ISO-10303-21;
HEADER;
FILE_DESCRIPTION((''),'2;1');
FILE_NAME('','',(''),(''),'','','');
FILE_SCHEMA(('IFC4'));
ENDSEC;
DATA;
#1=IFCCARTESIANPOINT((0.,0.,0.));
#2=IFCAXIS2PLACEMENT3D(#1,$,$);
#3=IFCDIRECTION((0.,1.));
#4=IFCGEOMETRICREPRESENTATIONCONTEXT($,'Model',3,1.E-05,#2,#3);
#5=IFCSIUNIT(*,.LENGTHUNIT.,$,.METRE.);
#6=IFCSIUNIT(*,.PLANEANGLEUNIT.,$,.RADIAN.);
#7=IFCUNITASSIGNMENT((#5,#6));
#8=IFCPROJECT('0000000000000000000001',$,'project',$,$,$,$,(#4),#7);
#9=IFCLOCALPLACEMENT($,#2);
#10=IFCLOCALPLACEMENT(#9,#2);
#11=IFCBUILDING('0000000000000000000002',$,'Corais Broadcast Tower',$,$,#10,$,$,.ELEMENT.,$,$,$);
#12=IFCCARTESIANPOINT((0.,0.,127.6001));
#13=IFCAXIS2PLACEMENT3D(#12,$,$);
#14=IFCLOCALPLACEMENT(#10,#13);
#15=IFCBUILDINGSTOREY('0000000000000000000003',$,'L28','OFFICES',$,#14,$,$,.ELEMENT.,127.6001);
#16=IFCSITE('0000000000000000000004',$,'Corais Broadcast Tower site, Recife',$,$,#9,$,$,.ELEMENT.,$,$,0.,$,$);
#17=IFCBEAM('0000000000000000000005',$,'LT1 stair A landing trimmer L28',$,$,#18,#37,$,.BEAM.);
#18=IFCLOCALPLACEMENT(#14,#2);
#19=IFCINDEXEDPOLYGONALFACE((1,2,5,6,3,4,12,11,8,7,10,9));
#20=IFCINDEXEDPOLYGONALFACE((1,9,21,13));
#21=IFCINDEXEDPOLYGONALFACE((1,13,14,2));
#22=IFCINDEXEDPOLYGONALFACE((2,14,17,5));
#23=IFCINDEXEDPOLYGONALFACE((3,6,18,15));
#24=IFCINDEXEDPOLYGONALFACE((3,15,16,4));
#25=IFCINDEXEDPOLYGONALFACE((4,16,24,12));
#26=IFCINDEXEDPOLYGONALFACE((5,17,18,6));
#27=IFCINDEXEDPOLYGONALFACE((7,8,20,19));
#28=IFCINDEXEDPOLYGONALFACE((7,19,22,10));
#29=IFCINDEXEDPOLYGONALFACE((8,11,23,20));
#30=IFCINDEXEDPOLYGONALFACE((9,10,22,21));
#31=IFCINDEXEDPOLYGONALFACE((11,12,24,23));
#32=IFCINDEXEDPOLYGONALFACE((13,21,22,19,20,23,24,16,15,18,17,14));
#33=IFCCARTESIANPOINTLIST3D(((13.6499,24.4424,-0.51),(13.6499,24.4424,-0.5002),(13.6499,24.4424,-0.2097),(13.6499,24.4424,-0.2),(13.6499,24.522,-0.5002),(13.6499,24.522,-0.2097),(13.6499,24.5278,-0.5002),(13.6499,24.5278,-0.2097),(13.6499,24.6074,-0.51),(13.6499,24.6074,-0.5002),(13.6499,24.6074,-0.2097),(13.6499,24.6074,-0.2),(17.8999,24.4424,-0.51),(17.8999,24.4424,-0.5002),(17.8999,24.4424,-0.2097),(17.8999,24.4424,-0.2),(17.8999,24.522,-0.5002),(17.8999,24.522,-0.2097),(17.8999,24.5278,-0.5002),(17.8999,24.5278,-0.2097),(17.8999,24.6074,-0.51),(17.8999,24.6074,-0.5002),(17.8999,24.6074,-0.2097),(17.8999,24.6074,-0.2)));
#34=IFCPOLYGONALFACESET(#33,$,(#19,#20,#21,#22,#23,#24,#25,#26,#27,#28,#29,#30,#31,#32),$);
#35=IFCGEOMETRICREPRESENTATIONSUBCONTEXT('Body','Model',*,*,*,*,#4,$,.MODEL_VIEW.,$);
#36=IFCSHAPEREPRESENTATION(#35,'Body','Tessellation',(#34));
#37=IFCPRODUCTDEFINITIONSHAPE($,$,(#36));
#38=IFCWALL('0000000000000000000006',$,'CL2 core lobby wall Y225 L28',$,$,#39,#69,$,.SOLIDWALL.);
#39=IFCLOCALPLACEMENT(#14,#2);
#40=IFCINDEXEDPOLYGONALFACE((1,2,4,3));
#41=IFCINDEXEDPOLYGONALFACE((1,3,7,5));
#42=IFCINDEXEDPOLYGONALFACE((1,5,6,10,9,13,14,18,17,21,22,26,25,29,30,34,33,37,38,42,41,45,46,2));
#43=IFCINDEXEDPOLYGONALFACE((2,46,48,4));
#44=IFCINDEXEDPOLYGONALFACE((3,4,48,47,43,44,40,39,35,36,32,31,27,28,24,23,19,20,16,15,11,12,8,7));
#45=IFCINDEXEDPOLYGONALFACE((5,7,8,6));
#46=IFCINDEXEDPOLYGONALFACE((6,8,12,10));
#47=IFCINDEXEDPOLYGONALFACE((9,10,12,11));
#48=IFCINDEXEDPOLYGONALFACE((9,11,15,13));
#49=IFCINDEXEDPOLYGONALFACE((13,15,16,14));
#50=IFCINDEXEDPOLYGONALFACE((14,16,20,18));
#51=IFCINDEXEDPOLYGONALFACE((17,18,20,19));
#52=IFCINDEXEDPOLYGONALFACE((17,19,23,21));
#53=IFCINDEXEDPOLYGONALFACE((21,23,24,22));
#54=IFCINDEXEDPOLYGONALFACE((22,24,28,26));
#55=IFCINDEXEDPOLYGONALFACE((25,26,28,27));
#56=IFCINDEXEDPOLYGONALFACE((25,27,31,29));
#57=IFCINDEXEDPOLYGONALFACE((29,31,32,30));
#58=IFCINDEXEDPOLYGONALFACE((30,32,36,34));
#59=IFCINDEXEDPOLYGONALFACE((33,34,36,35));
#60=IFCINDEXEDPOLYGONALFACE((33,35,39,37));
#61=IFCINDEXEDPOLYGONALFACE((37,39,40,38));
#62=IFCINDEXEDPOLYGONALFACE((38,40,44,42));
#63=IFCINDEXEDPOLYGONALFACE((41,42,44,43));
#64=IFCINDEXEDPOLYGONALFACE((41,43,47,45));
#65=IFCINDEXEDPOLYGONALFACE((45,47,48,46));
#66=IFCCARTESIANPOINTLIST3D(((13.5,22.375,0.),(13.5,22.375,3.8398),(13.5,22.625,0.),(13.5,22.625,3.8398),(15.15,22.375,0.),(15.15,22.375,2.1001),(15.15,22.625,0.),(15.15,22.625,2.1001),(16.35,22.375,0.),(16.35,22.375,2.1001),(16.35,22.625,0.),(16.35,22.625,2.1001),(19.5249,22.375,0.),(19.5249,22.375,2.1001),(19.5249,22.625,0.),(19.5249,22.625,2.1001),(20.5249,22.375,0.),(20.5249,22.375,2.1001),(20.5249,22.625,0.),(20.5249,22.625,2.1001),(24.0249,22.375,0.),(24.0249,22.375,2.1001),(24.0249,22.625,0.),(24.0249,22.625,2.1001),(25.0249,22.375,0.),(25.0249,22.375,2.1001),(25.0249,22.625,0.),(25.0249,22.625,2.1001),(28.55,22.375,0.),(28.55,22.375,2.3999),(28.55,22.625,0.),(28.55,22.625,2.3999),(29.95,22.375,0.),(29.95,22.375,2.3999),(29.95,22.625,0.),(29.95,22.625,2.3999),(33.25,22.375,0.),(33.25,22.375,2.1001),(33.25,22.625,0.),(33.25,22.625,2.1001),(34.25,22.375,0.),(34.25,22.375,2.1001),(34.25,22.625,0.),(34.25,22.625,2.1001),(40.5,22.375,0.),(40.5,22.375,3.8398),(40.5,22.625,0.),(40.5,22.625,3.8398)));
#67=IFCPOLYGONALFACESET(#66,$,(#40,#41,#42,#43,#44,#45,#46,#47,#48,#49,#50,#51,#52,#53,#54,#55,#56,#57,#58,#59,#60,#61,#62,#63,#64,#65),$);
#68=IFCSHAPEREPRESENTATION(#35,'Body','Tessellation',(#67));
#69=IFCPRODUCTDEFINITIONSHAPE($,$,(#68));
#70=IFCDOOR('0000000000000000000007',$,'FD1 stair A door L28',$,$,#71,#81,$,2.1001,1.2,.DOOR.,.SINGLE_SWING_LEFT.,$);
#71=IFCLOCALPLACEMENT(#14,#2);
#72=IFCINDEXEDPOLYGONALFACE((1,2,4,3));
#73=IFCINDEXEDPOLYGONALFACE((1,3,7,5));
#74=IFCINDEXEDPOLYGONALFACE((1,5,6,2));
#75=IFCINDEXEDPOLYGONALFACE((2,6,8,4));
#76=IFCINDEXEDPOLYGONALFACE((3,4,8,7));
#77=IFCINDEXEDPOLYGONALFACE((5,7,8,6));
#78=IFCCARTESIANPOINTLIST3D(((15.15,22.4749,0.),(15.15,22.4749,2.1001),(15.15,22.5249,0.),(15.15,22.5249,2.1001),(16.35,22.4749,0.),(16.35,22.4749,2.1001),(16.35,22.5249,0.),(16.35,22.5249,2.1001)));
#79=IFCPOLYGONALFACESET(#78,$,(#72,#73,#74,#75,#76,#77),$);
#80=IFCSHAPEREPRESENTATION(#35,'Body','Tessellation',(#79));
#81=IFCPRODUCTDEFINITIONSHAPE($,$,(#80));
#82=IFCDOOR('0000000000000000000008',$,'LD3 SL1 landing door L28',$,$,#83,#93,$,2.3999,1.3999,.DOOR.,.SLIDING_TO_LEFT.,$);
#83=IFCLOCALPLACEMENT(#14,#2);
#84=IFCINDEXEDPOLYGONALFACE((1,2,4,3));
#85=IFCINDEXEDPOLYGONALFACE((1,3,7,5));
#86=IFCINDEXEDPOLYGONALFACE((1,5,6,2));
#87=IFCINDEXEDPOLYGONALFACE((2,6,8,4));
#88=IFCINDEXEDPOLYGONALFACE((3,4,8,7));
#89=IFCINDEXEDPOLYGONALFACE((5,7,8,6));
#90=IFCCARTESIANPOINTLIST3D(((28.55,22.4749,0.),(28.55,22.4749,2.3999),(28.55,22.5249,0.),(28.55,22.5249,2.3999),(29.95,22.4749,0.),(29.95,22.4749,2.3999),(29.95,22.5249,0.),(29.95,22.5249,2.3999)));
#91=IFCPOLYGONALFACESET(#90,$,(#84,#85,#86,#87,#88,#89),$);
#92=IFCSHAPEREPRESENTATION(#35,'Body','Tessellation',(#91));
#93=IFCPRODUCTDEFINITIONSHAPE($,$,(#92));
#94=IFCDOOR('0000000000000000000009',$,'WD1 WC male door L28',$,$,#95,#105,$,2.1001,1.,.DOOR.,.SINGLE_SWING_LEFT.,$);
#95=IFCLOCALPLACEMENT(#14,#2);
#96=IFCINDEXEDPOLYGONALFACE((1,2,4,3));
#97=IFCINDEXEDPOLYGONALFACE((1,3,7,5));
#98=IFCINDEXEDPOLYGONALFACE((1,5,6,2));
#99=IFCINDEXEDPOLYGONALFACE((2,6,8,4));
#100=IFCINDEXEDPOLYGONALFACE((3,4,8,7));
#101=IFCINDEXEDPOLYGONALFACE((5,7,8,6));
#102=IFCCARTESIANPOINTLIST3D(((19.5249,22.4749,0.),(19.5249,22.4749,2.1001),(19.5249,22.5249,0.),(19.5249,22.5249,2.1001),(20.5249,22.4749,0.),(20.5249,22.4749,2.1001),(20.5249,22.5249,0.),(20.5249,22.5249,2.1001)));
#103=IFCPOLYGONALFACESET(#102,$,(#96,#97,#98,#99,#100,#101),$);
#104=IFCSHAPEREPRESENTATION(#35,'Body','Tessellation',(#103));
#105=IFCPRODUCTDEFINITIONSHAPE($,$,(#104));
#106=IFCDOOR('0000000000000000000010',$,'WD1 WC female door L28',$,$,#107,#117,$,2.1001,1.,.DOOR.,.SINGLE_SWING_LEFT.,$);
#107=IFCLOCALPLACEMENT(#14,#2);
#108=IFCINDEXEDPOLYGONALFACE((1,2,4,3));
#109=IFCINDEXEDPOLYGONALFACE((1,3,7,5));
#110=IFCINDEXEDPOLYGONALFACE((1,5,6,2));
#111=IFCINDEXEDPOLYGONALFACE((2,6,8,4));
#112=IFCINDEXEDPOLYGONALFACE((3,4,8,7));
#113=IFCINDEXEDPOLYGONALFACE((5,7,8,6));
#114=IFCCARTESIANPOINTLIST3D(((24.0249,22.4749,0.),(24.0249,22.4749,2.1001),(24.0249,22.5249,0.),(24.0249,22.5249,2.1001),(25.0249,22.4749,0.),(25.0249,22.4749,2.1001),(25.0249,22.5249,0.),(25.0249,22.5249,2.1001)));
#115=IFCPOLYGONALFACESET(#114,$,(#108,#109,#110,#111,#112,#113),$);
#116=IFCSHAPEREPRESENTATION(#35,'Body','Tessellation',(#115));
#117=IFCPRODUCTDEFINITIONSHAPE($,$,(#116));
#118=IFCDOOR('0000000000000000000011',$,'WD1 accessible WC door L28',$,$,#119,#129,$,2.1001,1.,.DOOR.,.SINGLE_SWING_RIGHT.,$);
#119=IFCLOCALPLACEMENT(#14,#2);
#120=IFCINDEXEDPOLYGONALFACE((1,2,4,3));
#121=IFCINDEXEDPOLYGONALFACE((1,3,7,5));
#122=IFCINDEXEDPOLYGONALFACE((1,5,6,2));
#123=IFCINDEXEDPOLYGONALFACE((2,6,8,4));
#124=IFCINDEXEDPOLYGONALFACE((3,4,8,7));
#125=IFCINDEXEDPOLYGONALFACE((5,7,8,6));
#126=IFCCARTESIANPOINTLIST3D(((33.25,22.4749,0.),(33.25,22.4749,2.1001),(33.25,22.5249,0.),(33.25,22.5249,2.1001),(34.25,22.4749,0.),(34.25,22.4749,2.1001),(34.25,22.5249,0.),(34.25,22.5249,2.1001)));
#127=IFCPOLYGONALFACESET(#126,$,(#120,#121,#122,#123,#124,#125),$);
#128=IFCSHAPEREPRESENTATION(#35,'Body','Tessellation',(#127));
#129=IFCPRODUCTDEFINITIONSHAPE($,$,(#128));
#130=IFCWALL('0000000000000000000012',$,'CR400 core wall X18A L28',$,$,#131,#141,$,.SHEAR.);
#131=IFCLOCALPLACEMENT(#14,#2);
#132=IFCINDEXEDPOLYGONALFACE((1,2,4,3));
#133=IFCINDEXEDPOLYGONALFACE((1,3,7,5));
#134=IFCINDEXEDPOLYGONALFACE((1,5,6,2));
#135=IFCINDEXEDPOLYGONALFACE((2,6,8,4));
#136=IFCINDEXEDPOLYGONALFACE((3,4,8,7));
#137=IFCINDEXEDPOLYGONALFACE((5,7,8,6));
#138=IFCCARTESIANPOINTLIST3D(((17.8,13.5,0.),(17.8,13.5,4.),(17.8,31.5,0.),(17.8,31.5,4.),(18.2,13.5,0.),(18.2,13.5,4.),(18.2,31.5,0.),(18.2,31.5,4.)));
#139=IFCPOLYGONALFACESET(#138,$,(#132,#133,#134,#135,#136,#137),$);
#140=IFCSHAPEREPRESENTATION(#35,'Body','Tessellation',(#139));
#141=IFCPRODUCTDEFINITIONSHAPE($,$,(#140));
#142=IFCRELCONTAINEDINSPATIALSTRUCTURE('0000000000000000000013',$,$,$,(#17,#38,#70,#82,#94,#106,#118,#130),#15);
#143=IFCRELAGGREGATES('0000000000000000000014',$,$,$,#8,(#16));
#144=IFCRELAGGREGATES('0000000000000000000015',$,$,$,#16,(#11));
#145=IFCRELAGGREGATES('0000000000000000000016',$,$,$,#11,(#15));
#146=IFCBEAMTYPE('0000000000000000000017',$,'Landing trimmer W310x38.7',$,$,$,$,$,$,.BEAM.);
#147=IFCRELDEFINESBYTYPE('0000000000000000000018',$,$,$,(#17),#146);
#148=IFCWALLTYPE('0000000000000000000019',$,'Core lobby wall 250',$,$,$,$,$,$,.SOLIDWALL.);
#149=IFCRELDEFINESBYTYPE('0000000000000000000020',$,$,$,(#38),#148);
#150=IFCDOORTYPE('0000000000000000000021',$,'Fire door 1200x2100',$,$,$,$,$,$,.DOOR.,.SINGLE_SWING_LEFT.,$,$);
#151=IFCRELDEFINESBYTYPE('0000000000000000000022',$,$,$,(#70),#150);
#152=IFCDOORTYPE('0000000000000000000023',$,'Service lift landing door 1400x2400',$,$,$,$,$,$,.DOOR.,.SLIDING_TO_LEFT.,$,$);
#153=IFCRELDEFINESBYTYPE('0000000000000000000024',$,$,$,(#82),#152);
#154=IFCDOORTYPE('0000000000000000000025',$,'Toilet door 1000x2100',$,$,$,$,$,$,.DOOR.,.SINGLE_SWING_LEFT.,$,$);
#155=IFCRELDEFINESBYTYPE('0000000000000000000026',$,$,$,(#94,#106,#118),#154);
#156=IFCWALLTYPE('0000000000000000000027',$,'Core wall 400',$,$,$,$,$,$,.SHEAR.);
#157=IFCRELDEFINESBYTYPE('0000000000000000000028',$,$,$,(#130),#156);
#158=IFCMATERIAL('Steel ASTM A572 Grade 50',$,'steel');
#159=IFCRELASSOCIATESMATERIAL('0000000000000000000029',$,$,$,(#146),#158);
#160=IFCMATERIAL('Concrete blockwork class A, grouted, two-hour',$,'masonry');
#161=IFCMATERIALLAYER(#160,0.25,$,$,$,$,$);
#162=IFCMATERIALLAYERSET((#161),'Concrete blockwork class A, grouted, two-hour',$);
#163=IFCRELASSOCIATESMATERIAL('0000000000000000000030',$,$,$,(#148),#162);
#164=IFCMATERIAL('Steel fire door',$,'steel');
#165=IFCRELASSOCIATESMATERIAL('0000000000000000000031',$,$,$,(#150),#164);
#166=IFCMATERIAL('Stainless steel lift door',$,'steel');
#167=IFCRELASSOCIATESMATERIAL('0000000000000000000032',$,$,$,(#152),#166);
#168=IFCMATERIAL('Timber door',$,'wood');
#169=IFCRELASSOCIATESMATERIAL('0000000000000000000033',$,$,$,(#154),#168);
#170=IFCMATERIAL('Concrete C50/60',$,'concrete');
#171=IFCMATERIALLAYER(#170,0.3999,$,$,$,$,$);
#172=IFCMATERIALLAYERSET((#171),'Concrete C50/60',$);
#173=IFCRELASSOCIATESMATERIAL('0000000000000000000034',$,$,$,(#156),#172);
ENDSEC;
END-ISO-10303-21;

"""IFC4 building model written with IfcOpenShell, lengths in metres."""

from ifc_helpers import new_model, si_unit, direction, frame, frame_2d, origin, origin_2d, place, context, subcontext, project, spatial, rectangle, i_section, extrude, material, layer, layer_set, material_profile, profile_set, type_object, element, fill, save


model = new_model("IFC4")

# Units and contexts
model_context = context("Model", 3, precision=1e-05, world=origin(), true_north=direction((0.0, 1.0)))
body_context = subcontext(model_context, "Body", "Model", "MODEL_VIEW")
ifc_project = project(units=[si_unit("LENGTHUNIT", "METRE"), si_unit("PLANEANGLEUNIT", "RADIAN")], contexts=[model_context])

# Site, building, storey
site_placement = place(None, origin())
site = spatial("IfcSite", under=ifc_project, at=site_placement, Name="Corais Broadcast Tower site, Recife", CompositionType="ELEMENT", RefElevation=0.0)
building_placement = place(site_placement, origin())
building = spatial("IfcBuilding", under=site, at=building_placement, Name="Corais Broadcast Tower", CompositionType="ELEMENT")
storey_placement = place(building_placement, frame((0.0, 0.0, 127.6001)))
storey = spatial("IfcBuildingStorey", under=building, at=storey_placement, Name="L28", Description="OFFICES", CompositionType="ELEMENT", Elevation=127.6001)

# Beam
ifc_material_1 = material(Name="Steel ASTM A572 Grade 50", Category="steel")
ifc_material_profile = material_profile(ifc_material_1, i_section(OverallWidth=0.165, OverallDepth=0.3101, WebThickness=0.0059, FlangeThickness=0.0098, at=origin_2d()), Name="W310x38.7")
ifc_profile_set = profile_set([ifc_material_profile], Name="Steel ASTM A572 Grade 50")
beam_type = type_object("IfcBeamType", Name="Landing trimmer W310x38.7", PredefinedType="BEAM", material=ifc_profile_set)
beam_placement = place(storey_placement, frame((13.6499, 24.5249, -0.355), z_axis=(1.0, 0.0, 0.0), x_axis=(0.0, 1.0, 0.0)))
element("IfcBeam", 1, at=beam_placement, inside=storey, type_object=beam_type, Name="LT1 stair A landing trimmer L28", PredefinedType="BEAM", context=body_context, shape_type="SweptSolid", body=[
    extrude(i_section(OverallWidth=0.165, OverallDepth=0.3101, WebThickness=0.0059, FlangeThickness=0.0098, at=origin_2d()), origin(), (0.0, 0.0, 1.0), 4.25),
])

# Wall, openings, doors
ifc_material_2 = material(Name="Concrete blockwork class A, grouted, two-hour", Category="masonry")
ifc_layer_1 = layer(ifc_material_2, 0.25)
ifc_layer_set_1 = layer_set([ifc_layer_1], Name="Concrete blockwork class A, grouted, two-hour")
wall_type_1 = type_object("IfcWallType", Name="Core lobby wall 250", PredefinedType="SOLIDWALL", material=ifc_layer_set_1)
wall_1_placement = place(storey_placement, frame((13.5, 22.5, 0.0), z_axis=(0.0, 0.0, 1.0), x_axis=(1.0, 0.0, 0.0)))
wall_1 = element("IfcWall", 2, at=wall_1_placement, inside=storey, type_object=wall_type_1, Name="CL2 core lobby wall Y225 L28", PredefinedType="SOLIDWALL", context=body_context, shape_type="SweptSolid", body=[
    extrude(rectangle(XDim=27.0, YDim=0.25, at=frame_2d((13.5, 0.0))), origin(), (0.0, 0.0, 1.0), 3.8398),
])
opening_1_placement = place(wall_1_placement, frame((1.6499, 0.0, 0.0)))
opening_1 = element("IfcOpeningElement", 3, at=opening_1_placement, cuts=wall_1, PredefinedType="OPENING", context=body_context, shape_type="SweptSolid", body=[
    extrude(rectangle(XDim=1.2, YDim=2.1001, at=frame_2d((0.6001, 1.05))), frame((0.0, 0.135, 0.0), z_axis=(0.0, -1.0, 0.0), x_axis=(1.0, 0.0, 0.0)), (0.0, 0.0, 1.0), 0.27),
])
opening_2_placement = place(wall_1_placement, frame((6.0249, 0.0, 0.0)))
opening_2 = element("IfcOpeningElement", 4, at=opening_2_placement, cuts=wall_1, PredefinedType="OPENING", context=body_context, shape_type="SweptSolid", body=[
    extrude(rectangle(XDim=1.0, YDim=2.1001, at=frame_2d((0.5, 1.05))), frame((0.0, 0.135, 0.0), z_axis=(0.0, -1.0, 0.0), x_axis=(1.0, 0.0, 0.0)), (0.0, 0.0, 1.0), 0.27),
])
opening_3_placement = place(wall_1_placement, frame((10.5249, 0.0, 0.0)))
opening_3 = element("IfcOpeningElement", 5, at=opening_3_placement, cuts=wall_1, PredefinedType="OPENING", context=body_context, shape_type="SweptSolid", body=[
    extrude(rectangle(XDim=1.0, YDim=2.1001, at=frame_2d((0.5, 1.05))), frame((0.0, 0.135, 0.0), z_axis=(0.0, -1.0, 0.0), x_axis=(1.0, 0.0, 0.0)), (0.0, 0.0, 1.0), 0.27),
])
opening_4_placement = place(wall_1_placement, frame((19.75, 0.0, 0.0)))
opening_4 = element("IfcOpeningElement", 6, at=opening_4_placement, cuts=wall_1, PredefinedType="OPENING", context=body_context, shape_type="SweptSolid", body=[
    extrude(rectangle(XDim=1.0, YDim=2.1001, at=frame_2d((0.5, 1.05))), frame((0.0, 0.135, 0.0), z_axis=(0.0, -1.0, 0.0), x_axis=(1.0, 0.0, 0.0)), (0.0, 0.0, 1.0), 0.27),
])
opening_5_placement = place(wall_1_placement, frame((15.05, 0.0, 0.0)))
opening_5 = element("IfcOpeningElement", 7, at=opening_5_placement, cuts=wall_1, PredefinedType="OPENING", context=body_context, shape_type="SweptSolid", body=[
    extrude(rectangle(XDim=1.3999, YDim=2.3999, at=frame_2d((0.7, 1.2))), frame((0.0, 0.135, 0.0), z_axis=(0.0, -1.0, 0.0), x_axis=(1.0, 0.0, 0.0)), (0.0, 0.0, 1.0), 0.27),
])
ifc_material_3 = material(Name="Steel fire door", Category="steel")
door_type_1 = type_object("IfcDoorType", Name="Fire door 1200x2100", OperationType="SINGLE_SWING_LEFT", PredefinedType="DOOR", material=ifc_material_3)
door_1_placement = place(opening_1_placement, origin())
door_1 = element("IfcDoor", 8, at=door_1_placement, inside=storey, type_object=door_type_1, Name="FD1 stair A door L28", OperationType="SINGLE_SWING_LEFT", OverallHeight=2.1001, OverallWidth=1.2, PredefinedType="DOOR", context=body_context, shape_type="SweptSolid", body=[
    extrude(rectangle(XDim=1.2, YDim=2.1001, at=frame_2d((0.6001, 1.05))), frame((0.0, 0.0249, 0.0), z_axis=(0.0, -1.0, 0.0), x_axis=(1.0, 0.0, 0.0)), (0.0, 0.0, 1.0), 0.05),
])
fill(opening_1, door_1)
ifc_material_4 = material(Name="Stainless steel lift door", Category="steel")
door_type_2 = type_object("IfcDoorType", Name="Service lift landing door 1400x2400", OperationType="SLIDING_TO_LEFT", PredefinedType="DOOR", material=ifc_material_4)
door_2_placement = place(opening_5_placement, origin())
door_2 = element("IfcDoor", 9, at=door_2_placement, inside=storey, type_object=door_type_2, Name="LD3 SL1 landing door L28", OperationType="SLIDING_TO_LEFT", OverallHeight=2.3999, OverallWidth=1.3999, PredefinedType="DOOR", context=body_context, shape_type="SweptSolid", body=[
    extrude(rectangle(XDim=1.3999, YDim=2.3999, at=frame_2d((0.7, 1.2))), frame((0.0, 0.0249, 0.0), z_axis=(0.0, -1.0, 0.0), x_axis=(1.0, 0.0, 0.0)), (0.0, 0.0, 1.0), 0.05),
])
fill(opening_5, door_2)
ifc_material_5 = material(Name="Timber door", Category="wood")
door_type_3 = type_object("IfcDoorType", Name="Toilet door 1000x2100", OperationType="SINGLE_SWING_LEFT", PredefinedType="DOOR", material=ifc_material_5)
door_3_placement = place(opening_2_placement, origin())
door_3 = element("IfcDoor", 10, at=door_3_placement, inside=storey, type_object=door_type_3, Name="WD1 WC male door L28", OperationType="SINGLE_SWING_LEFT", OverallHeight=2.1001, OverallWidth=1.0, PredefinedType="DOOR", context=body_context, shape_type="SweptSolid", body=[
    extrude(rectangle(XDim=1.0, YDim=2.1001, at=frame_2d((0.5, 1.05))), frame((0.0, 0.0249, 0.0), z_axis=(0.0, -1.0, 0.0), x_axis=(1.0, 0.0, 0.0)), (0.0, 0.0, 1.0), 0.05),
])
fill(opening_2, door_3)
door_4_placement = place(opening_3_placement, origin())
door_4 = element("IfcDoor", 11, at=door_4_placement, inside=storey, type_object=door_type_3, Name="WD1 WC female door L28", OperationType="SINGLE_SWING_LEFT", OverallHeight=2.1001, OverallWidth=1.0, PredefinedType="DOOR", context=body_context, shape_type="SweptSolid", body=[
    extrude(rectangle(XDim=1.0, YDim=2.1001, at=frame_2d((0.5, 1.05))), frame((0.0, 0.0249, 0.0), z_axis=(0.0, -1.0, 0.0), x_axis=(1.0, 0.0, 0.0)), (0.0, 0.0, 1.0), 0.05),
])
fill(opening_3, door_4)
door_5_placement = place(opening_4_placement, origin())
door_5 = element("IfcDoor", 12, at=door_5_placement, inside=storey, type_object=door_type_3, Name="WD1 accessible WC door L28", OperationType="SINGLE_SWING_RIGHT", OverallHeight=2.1001, OverallWidth=1.0, PredefinedType="DOOR", context=body_context, shape_type="SweptSolid", body=[
    extrude(rectangle(XDim=1.0, YDim=2.1001, at=frame_2d((0.5, 1.05))), frame((0.0, 0.0249, 0.0), z_axis=(0.0, -1.0, 0.0), x_axis=(1.0, 0.0, 0.0)), (0.0, 0.0, 1.0), 0.05),
])
fill(opening_4, door_5)

# Wall
ifc_material_6 = material(Name="Concrete C50/60", Category="concrete")
ifc_layer_2 = layer(ifc_material_6, 0.3999)
ifc_layer_set_2 = layer_set([ifc_layer_2], Name="Concrete C50/60")
wall_type_2 = type_object("IfcWallType", Name="Core wall 400", PredefinedType="SHEAR", material=ifc_layer_set_2)
wall_2_placement = place(storey_placement, frame((18.0, 13.5, 0.0), z_axis=(0.0, 0.0, 1.0), x_axis=(0.0, 1.0, 0.0)))
element("IfcWall", 13, at=wall_2_placement, inside=storey, type_object=wall_type_2, Name="CR400 core wall X18A L28", PredefinedType="SHEAR", context=body_context, shape_type="SweptSolid", body=[
    extrude(rectangle(XDim=18.0, YDim=0.3999, at=frame_2d((9.0, 0.0))), origin(), (0.0, 0.0, 1.0), 4.0),
])

save(model, "model.ifc")
